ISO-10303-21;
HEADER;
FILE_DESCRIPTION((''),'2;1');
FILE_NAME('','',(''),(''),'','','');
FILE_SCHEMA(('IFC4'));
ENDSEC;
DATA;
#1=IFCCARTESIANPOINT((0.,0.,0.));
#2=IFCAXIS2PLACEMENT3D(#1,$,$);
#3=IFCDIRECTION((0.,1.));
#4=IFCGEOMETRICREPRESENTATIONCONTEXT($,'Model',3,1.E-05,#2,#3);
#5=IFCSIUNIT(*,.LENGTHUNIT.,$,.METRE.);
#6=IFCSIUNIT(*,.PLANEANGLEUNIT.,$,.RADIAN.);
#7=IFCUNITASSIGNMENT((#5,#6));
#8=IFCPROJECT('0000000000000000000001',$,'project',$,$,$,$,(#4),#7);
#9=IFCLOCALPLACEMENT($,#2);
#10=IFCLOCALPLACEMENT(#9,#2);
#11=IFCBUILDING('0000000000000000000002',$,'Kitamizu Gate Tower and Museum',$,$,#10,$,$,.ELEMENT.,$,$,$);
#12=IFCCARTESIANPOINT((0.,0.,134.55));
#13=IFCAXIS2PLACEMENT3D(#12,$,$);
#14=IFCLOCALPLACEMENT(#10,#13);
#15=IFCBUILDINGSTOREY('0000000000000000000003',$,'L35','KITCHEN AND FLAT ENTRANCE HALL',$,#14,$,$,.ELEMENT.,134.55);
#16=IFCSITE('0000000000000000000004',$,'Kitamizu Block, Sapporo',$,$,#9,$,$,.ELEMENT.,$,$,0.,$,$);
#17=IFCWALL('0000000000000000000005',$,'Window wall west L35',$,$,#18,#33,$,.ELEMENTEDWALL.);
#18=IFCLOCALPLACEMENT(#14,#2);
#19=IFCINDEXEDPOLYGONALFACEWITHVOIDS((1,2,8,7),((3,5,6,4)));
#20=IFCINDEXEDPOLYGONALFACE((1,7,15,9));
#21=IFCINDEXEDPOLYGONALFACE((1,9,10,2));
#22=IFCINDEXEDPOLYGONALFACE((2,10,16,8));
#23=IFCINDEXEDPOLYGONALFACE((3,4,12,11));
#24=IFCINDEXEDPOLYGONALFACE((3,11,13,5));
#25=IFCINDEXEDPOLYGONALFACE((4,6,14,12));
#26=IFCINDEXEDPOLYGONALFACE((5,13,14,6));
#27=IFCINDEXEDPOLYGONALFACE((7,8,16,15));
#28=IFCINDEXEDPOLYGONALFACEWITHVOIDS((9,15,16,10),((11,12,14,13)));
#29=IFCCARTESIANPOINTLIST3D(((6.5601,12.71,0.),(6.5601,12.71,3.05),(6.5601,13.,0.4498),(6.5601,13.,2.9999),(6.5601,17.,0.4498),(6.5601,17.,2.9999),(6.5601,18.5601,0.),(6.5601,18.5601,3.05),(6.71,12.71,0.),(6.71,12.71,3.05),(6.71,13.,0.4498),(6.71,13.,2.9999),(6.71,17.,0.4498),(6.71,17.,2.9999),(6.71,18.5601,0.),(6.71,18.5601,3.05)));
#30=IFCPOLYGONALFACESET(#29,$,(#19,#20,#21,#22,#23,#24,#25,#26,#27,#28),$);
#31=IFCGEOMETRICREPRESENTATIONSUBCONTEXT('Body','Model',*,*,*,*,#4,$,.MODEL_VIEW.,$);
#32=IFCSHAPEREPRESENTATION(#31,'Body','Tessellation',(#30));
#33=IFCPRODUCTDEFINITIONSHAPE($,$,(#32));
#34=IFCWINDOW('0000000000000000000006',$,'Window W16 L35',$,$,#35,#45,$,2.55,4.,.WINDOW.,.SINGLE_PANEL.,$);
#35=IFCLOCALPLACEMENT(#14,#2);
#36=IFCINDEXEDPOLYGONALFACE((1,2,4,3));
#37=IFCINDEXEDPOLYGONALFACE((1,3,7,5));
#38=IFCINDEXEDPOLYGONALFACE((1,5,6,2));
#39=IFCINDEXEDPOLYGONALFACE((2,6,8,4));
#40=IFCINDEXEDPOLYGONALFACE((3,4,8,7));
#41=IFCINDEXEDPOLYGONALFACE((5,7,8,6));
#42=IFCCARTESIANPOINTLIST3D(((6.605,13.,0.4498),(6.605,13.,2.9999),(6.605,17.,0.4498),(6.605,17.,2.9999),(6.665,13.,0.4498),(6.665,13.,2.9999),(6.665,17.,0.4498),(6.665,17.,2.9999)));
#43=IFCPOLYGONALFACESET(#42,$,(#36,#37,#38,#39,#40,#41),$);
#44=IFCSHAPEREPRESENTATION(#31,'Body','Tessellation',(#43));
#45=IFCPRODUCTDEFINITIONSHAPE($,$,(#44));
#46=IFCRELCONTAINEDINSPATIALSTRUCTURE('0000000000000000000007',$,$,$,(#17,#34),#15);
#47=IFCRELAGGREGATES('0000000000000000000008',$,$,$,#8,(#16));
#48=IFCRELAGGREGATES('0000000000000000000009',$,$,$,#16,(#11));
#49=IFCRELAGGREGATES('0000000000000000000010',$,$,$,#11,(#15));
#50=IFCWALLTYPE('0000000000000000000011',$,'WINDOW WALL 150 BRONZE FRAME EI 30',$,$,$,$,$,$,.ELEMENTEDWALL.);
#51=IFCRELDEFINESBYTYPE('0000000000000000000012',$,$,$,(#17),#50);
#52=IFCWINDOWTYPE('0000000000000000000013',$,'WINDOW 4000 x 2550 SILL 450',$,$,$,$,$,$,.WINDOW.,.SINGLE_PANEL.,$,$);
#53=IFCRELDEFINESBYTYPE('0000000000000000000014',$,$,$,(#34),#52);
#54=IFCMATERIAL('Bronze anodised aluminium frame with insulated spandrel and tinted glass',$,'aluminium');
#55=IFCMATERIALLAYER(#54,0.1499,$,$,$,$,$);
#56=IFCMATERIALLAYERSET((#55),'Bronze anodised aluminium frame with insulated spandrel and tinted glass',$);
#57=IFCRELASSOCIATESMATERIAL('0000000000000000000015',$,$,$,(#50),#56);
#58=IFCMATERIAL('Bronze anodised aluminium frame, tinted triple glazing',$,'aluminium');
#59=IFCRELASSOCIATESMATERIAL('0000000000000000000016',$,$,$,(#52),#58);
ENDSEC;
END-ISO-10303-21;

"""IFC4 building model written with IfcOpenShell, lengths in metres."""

from ifc_helpers import new_model, si_unit, direction, frame, frame_2d, origin, place, context, subcontext, project, spatial, rectangle, extrude, material, layer, layer_set, type_object, element, fill, save


model = new_model("IFC4")

# Units and contexts
model_context = context("Model", 3, precision=1e-05, world=origin(), true_north=direction((0.0, 1.0)))
body_context = subcontext(model_context, "Body", "Model", "MODEL_VIEW")
ifc_project = project(units=[si_unit("LENGTHUNIT", "METRE"), si_unit("PLANEANGLEUNIT", "RADIAN")], contexts=[model_context])

# Site, building, storey
site_placement = place(None, origin())
site = spatial("IfcSite", under=ifc_project, at=site_placement, Name="Kitamizu Block, Sapporo", CompositionType="ELEMENT", RefElevation=0.0)
building_placement = place(site_placement, origin())
building = spatial("IfcBuilding", under=site, at=building_placement, Name="Kitamizu Gate Tower and Museum", CompositionType="ELEMENT")
storey_placement = place(building_placement, frame((0.0, 0.0, 134.55)))
storey = spatial("IfcBuildingStorey", under=building, at=storey_placement, Name="L35", Description="KITCHEN AND FLAT ENTRANCE HALL", CompositionType="ELEMENT", Elevation=134.55)

# Shared definitions
ifc_material_1 = material(Name="Bronze anodised aluminium frame with insulated spandrel and tinted glass", Category="aluminium")
ifc_layer = layer(ifc_material_1, 0.1499)
ifc_layer_set = layer_set([ifc_layer], Name="Bronze anodised aluminium frame with insulated spandrel and tinted glass")
wall_type = type_object("IfcWallType", Name="WINDOW WALL 150 BRONZE FRAME EI 30", PredefinedType="ELEMENTEDWALL", material=ifc_layer_set)

# Wall, opening, window
wall_1_placement = place(storey_placement, frame((6.635, 12.71, 0.0), z_axis=(0.0, 0.0, 1.0), x_axis=(0.0, 1.0, 0.0)))
wall_1 = element("IfcWall", 1, at=wall_1_placement, inside=storey, type_object=wall_type, Name="Window wall west L35", PredefinedType="ELEMENTEDWALL", context=body_context, shape_type="SweptSolid", body=[
    extrude(rectangle(XDim=5.8501, YDim=0.1499, at=frame_2d((2.925, 0.0))), origin(), (0.0, 0.0, 1.0), 3.05),
])
opening_1_placement = place(wall_1_placement, frame((0.29, 0.0, 0.45)))
opening_1 = element("IfcOpeningElement", 2, at=opening_1_placement, cuts=wall_1, PredefinedType="OPENING", context=body_context, shape_type="SweptSolid", body=[
    extrude(rectangle(XDim=4.0, YDim=2.55, at=frame_2d((2.0, 1.2749))), frame((0.0, 0.085, 0.0), z_axis=(0.0, -1.0, 0.0), x_axis=(1.0, 0.0, 0.0)), (0.0, 0.0, 1.0), 0.1699),
])
ifc_material_2 = material(Name="Bronze anodised aluminium frame, tinted triple glazing", Category="aluminium")
window_type_1 = type_object("IfcWindowType", Name="WINDOW 4000 x 2550 SILL 450", PartitioningType="SINGLE_PANEL", PredefinedType="WINDOW", material=ifc_material_2)
window_1_placement = place(opening_1_placement, origin())
window_1 = element("IfcWindow", 3, at=window_1_placement, inside=storey, type_object=window_type_1, Name="Window W16 L35", OverallHeight=2.55, OverallWidth=4.0, PartitioningType="SINGLE_PANEL", PredefinedType="WINDOW", context=body_context, shape_type="SweptSolid", body=[
    extrude(rectangle(XDim=4.0, YDim=2.55, at=frame_2d((2.0, 1.2749))), frame((0.0, 0.03, 0.0), z_axis=(0.0, -1.0, 0.0), x_axis=(1.0, 0.0, 0.0)), (0.0, 0.0, 1.0), 0.0601),
])
fill(opening_1, window_1)

save(model, "model.ifc")
